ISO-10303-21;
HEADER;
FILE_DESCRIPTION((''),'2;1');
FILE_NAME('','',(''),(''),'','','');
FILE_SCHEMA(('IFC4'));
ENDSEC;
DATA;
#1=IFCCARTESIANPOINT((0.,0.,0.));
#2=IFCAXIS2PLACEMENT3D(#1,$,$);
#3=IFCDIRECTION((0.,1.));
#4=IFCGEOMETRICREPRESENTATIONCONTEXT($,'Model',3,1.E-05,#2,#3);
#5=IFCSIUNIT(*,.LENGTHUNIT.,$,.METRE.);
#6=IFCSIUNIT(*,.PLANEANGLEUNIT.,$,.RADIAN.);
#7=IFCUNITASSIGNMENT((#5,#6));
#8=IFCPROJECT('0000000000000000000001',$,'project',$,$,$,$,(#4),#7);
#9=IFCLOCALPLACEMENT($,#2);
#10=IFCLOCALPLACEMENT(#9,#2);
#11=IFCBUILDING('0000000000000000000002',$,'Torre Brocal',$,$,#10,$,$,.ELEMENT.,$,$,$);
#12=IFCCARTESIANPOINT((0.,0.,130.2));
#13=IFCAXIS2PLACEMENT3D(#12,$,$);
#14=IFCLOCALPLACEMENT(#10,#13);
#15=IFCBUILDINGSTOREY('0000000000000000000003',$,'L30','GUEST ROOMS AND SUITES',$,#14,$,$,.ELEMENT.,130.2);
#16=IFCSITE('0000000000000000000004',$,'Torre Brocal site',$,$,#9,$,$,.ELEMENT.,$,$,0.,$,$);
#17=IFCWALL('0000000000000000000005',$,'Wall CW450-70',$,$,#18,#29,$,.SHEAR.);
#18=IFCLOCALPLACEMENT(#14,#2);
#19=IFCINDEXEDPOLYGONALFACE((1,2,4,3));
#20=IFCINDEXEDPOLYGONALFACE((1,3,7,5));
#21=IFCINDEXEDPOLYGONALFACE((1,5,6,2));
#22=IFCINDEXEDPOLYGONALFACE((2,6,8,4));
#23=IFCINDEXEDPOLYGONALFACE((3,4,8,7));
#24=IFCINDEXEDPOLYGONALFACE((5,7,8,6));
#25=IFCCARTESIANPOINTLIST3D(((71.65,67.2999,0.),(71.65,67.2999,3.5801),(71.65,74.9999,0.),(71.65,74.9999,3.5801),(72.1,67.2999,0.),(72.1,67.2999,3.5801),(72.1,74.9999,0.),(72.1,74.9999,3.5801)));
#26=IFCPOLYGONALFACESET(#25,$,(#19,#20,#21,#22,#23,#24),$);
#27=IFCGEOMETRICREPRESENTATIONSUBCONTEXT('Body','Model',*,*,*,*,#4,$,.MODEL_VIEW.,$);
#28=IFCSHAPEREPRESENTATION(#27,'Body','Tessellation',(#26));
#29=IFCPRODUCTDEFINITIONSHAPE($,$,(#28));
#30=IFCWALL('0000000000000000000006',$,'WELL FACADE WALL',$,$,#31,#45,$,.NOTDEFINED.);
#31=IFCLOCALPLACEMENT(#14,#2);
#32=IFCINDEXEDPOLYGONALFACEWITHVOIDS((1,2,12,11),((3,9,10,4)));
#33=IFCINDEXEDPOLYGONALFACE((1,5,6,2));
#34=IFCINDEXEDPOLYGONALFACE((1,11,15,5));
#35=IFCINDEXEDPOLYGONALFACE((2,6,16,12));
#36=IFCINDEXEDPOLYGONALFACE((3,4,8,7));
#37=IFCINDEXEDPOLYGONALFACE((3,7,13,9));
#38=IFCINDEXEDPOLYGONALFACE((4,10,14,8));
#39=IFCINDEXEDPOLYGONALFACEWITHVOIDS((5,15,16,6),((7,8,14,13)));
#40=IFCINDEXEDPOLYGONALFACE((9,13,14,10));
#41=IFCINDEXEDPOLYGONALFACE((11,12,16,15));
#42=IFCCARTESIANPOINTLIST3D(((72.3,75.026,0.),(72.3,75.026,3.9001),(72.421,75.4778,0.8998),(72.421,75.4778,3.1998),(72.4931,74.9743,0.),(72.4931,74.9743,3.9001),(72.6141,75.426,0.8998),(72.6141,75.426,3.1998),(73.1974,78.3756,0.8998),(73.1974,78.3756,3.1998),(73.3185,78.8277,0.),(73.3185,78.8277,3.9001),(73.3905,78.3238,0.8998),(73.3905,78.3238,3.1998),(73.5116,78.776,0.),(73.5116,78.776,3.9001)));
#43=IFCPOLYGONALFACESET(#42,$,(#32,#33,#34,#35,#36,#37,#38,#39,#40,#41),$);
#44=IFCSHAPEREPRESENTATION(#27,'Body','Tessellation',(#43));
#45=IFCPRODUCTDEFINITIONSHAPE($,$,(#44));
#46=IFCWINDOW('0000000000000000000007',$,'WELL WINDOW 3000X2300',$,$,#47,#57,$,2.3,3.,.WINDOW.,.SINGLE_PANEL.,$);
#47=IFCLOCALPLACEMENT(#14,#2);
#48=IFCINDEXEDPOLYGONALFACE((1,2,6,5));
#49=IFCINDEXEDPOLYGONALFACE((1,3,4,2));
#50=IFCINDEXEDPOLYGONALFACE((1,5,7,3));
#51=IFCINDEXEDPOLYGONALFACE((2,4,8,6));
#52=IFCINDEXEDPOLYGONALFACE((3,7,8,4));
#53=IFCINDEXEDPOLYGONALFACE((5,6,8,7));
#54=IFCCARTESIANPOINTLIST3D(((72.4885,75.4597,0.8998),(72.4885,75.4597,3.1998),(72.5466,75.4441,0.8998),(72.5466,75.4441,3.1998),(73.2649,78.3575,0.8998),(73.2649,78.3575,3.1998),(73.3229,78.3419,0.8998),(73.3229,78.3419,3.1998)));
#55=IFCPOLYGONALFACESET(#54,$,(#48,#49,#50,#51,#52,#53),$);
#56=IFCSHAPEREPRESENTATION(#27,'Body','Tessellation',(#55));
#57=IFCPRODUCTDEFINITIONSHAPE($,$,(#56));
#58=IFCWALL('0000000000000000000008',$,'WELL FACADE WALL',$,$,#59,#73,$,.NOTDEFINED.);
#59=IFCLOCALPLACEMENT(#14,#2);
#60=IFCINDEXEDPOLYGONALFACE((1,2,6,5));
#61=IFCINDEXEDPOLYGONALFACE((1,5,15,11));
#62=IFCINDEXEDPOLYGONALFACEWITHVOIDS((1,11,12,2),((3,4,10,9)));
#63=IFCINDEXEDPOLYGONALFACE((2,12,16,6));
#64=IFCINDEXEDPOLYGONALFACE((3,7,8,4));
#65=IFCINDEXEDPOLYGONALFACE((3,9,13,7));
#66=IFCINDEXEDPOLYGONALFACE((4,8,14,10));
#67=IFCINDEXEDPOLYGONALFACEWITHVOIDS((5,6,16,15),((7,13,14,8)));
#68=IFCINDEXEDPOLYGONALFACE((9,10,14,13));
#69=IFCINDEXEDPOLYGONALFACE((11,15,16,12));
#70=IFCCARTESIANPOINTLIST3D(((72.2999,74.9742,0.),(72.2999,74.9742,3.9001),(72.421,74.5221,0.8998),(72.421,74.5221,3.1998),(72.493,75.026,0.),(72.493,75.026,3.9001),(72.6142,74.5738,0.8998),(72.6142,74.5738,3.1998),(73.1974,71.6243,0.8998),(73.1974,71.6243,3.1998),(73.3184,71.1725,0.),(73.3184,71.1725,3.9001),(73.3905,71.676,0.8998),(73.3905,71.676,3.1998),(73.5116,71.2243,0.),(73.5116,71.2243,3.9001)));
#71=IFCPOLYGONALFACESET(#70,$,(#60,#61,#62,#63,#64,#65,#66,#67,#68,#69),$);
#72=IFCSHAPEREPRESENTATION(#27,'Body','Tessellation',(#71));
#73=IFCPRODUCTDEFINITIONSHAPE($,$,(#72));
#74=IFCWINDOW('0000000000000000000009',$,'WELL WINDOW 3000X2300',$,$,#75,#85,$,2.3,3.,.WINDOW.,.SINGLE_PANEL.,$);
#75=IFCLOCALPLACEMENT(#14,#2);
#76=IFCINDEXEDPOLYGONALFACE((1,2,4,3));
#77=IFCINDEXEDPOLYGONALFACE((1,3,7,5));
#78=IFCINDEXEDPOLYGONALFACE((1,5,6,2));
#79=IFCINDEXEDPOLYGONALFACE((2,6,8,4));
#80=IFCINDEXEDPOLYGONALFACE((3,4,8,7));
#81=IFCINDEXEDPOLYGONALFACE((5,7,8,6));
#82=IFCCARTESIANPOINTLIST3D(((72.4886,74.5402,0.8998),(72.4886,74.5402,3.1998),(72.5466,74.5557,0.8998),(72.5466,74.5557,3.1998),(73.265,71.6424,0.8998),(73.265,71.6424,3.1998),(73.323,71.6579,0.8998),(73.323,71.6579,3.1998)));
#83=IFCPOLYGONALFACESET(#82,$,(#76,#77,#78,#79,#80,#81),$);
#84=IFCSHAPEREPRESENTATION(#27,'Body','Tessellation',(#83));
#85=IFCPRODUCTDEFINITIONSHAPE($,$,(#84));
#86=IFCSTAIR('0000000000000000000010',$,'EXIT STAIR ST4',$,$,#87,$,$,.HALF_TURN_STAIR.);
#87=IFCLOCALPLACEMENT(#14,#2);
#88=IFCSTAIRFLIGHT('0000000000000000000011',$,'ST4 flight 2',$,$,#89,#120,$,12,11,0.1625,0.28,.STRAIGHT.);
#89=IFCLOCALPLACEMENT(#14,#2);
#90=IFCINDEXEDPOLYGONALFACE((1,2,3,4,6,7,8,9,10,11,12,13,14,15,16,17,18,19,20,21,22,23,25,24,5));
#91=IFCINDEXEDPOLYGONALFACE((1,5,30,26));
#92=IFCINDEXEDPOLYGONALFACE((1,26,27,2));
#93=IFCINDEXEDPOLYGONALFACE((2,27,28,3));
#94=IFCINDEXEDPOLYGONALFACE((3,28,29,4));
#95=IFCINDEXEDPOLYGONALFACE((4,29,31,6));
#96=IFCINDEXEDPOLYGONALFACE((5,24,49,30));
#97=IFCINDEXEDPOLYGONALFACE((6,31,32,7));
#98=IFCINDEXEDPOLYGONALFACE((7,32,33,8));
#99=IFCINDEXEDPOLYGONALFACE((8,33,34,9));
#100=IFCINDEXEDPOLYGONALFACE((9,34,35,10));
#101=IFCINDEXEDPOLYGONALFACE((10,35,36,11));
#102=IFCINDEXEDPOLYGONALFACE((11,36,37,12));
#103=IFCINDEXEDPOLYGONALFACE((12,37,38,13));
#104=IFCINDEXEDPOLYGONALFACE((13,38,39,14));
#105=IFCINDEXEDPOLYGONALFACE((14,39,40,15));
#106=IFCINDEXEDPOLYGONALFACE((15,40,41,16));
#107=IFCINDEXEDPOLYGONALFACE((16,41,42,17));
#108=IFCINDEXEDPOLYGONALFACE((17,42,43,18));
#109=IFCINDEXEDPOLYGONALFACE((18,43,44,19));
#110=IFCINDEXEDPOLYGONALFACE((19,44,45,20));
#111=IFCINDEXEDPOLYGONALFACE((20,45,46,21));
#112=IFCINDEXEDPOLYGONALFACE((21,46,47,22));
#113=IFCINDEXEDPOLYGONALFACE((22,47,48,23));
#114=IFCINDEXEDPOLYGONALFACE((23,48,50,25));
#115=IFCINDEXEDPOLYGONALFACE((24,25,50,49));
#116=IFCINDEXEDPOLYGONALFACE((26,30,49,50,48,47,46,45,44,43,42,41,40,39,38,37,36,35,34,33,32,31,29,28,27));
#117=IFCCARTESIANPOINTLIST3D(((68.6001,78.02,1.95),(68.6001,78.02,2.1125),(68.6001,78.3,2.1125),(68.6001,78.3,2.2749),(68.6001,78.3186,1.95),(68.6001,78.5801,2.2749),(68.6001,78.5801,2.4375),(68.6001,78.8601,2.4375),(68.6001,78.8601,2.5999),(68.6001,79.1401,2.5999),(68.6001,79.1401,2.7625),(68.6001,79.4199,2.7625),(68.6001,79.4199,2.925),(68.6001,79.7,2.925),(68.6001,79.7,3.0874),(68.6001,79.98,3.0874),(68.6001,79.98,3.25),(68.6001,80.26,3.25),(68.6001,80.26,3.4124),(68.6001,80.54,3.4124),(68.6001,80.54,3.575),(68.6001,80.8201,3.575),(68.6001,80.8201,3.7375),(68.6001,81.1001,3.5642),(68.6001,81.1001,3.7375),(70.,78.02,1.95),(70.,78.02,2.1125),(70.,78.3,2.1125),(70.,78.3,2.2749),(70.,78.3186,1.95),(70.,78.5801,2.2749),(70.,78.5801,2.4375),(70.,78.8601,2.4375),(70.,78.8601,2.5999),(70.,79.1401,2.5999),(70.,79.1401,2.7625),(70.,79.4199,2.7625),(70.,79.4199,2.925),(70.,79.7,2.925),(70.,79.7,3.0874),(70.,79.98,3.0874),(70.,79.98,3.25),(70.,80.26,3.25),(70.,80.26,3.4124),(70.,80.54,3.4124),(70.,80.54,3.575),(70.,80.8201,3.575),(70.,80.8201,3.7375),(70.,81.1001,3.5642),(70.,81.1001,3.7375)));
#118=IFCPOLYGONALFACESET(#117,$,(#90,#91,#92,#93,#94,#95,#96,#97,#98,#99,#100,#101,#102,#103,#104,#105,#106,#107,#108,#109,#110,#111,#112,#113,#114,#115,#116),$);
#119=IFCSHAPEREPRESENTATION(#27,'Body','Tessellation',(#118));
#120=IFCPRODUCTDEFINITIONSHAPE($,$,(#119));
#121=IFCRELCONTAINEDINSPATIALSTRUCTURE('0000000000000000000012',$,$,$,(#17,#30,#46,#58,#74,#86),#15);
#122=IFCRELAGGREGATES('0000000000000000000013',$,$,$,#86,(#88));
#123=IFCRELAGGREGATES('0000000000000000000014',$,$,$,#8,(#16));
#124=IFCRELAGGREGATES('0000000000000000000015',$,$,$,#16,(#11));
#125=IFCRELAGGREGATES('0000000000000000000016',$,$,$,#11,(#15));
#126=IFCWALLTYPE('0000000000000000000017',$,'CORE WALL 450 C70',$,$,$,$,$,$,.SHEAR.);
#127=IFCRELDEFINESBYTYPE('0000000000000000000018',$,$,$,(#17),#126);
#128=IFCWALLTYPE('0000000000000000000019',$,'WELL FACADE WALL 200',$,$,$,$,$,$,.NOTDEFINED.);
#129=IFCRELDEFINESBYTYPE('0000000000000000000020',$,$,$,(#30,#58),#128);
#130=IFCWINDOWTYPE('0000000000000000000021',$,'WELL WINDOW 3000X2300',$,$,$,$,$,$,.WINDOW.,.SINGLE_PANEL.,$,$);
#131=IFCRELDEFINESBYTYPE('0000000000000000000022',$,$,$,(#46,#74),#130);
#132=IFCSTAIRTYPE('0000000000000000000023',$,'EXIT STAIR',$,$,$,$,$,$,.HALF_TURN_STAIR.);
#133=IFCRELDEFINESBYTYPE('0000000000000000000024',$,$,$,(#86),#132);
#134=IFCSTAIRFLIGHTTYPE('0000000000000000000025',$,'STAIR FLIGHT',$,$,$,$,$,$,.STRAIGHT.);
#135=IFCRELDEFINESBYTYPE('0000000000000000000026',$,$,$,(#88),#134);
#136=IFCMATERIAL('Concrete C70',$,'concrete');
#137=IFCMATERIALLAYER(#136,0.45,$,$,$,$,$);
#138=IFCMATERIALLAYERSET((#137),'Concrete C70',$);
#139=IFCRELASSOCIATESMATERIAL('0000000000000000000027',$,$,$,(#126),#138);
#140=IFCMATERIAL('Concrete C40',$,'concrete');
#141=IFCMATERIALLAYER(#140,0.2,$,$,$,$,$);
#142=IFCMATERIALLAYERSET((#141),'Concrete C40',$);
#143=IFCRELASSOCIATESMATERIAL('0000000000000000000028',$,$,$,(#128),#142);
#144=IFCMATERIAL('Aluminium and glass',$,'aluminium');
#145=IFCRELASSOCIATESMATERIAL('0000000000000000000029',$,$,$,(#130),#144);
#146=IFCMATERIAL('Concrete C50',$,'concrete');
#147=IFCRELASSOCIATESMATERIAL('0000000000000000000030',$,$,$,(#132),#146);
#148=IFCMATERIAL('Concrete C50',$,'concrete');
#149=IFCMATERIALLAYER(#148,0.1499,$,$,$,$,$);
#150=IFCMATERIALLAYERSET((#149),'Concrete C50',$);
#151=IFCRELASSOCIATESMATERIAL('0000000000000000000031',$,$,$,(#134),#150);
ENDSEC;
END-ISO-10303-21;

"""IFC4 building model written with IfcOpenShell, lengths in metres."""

from ifc_helpers import new_model, si_unit, direction, frame, frame_2d, origin, place, context, subcontext, project, spatial, polyline, rectangle, outline, extrude, material, layer, layer_set, type_object, element, fill, aggregate, save


model = new_model("IFC4")

# Units and contexts
model_context = context("Model", 3, precision=1e-05, world=origin(), true_north=direction((0.0, 1.0)))
body_context = subcontext(model_context, "Body", "Model", "MODEL_VIEW")
ifc_project = project(units=[si_unit("LENGTHUNIT", "METRE"), si_unit("PLANEANGLEUNIT", "RADIAN")], contexts=[model_context])

# Site, building, storey
site_placement = place(None, origin())
site = spatial("IfcSite", under=ifc_project, at=site_placement, Name="Torre Brocal site", CompositionType="ELEMENT", RefElevation=0.0)
building_placement = place(site_placement, origin())
building = spatial("IfcBuilding", under=site, at=building_placement, Name="Torre Brocal", CompositionType="ELEMENT")
storey_placement = place(building_placement, frame((0.0, 0.0, 130.2)))
storey = spatial("IfcBuildingStorey", under=building, at=storey_placement, Name="L30", Description="GUEST ROOMS AND SUITES", CompositionType="ELEMENT", Elevation=130.2)

# Wall
ifc_material_1 = material(Name="Concrete C70", Category="concrete")
ifc_layer_1 = layer(ifc_material_1, 0.45)
ifc_layer_set_1 = layer_set([ifc_layer_1], Name="Concrete C70")
wall_type_1 = type_object("IfcWallType", Name="CORE WALL 450 C70", PredefinedType="SHEAR", material=ifc_layer_set_1)
wall_1_placement = place(storey_placement, frame((71.875, 75.0, 0.0), z_axis=(0.0, 0.0, 1.0), x_axis=(0.0, -1.0, 0.0)))
element("IfcWall", 1, at=wall_1_placement, inside=storey, type_object=wall_type_1, Name="Wall CW450-70", PredefinedType="SHEAR", context=body_context, shape_type="SweptSolid", body=[
    extrude(rectangle(XDim=7.7, YDim=0.45, at=frame_2d((3.8501, 0.0))), origin(), (0.0, 0.0, 1.0), 3.5801),
])

# Walls, openings, windows
ifc_material_2 = material(Name="Concrete C40", Category="concrete")
ifc_layer_2 = layer(ifc_material_2, 0.2)
ifc_layer_set_2 = layer_set([ifc_layer_2], Name="Concrete C40")
wall_type_2 = type_object("IfcWallType", Name="WELL FACADE WALL 200", PredefinedType="NOTDEFINED", material=ifc_layer_set_2)
wall_2_placement = place(storey_placement, frame((73.415, 78.8018, 0.0), z_axis=(0.0, 0.0, 1.0), x_axis=(-0.25879, -0.965934, 0.0)))
wall_2 = element("IfcWall", 2, at=wall_2_placement, inside=storey, type_object=wall_type_2, Name="WELL FACADE WALL", PredefinedType="NOTDEFINED", context=body_context, shape_type="SweptSolid", body=[
    extrude(rectangle(XDim=3.9358, YDim=0.2, at=frame_2d((1.9678, 0.0))), origin(), (0.0, 0.0, 1.0), 3.9001),
])
opening_1_placement = place(wall_2_placement, frame((0.468, 0.0, 0.8999)))
opening_1 = element("IfcOpeningElement", 3, at=opening_1_placement, cuts=wall_2, PredefinedType="OPENING", context=body_context, shape_type="SweptSolid", body=[
    extrude(rectangle(XDim=3.0, YDim=2.3, at=frame_2d((1.5, 1.1499))), frame((0.0, 0.1099, 0.0), z_axis=(0.0, -1.0, 0.0), x_axis=(1.0, 0.0, 0.0)), (0.0, 0.0, 1.0), 0.22),
])
ifc_material_3 = material(Name="Aluminium and glass", Category="aluminium")
window_type = type_object("IfcWindowType", Name="WELL WINDOW 3000X2300", PartitioningType="SINGLE_PANEL", PredefinedType="WINDOW", material=ifc_material_3)
window_1_placement = place(opening_1_placement, origin())
window_1 = element("IfcWindow", 4, at=window_1_placement, inside=storey, type_object=window_type, Name="WELL WINDOW 3000X2300", OverallHeight=2.3, OverallWidth=3.0, PartitioningType="SINGLE_PANEL", PredefinedType="WINDOW", context=body_context, shape_type="SweptSolid", body=[
    extrude(rectangle(XDim=3.0, YDim=2.3, at=frame_2d((1.5, 1.1499))), frame((0.0, 0.03, 0.0), z_axis=(0.0, -1.0, 0.0), x_axis=(1.0, 0.0, 0.0)), (0.0, 0.0, 1.0), 0.0601),
])
fill(opening_1, window_1)
wall_3_placement = place(storey_placement, frame((72.3965, 75.0, 0.0), z_axis=(0.0, 0.0, 1.0), x_axis=(0.25879, -0.965934, 0.0)))
wall_3 = element("IfcWall", 5, at=wall_3_placement, inside=storey, type_object=wall_type_2, Name="WELL FACADE WALL", PredefinedType="NOTDEFINED", context=body_context, shape_type="SweptSolid", body=[
    extrude(rectangle(XDim=3.9358, YDim=0.2, at=frame_2d((1.9678, 0.0))), origin(), (0.0, 0.0, 1.0), 3.9001),
])
opening_2_placement = place(wall_3_placement, frame((0.468, 0.0, 0.8999)))
opening_2 = element("IfcOpeningElement", 6, at=opening_2_placement, cuts=wall_3, PredefinedType="OPENING", context=body_context, shape_type="SweptSolid", body=[
    extrude(rectangle(XDim=3.0, YDim=2.3, at=frame_2d((1.5, 1.1499))), frame((0.0, 0.1099, 0.0), z_axis=(0.0, -1.0, 0.0), x_axis=(1.0, 0.0, 0.0)), (0.0, 0.0, 1.0), 0.22),
])
window_2_placement = place(opening_2_placement, origin())
window_2 = element("IfcWindow", 7, at=window_2_placement, inside=storey, type_object=window_type, Name="WELL WINDOW 3000X2300", OverallHeight=2.3, OverallWidth=3.0, PartitioningType="SINGLE_PANEL", PredefinedType="WINDOW", context=body_context, shape_type="SweptSolid", body=[
    extrude(rectangle(XDim=3.0, YDim=2.3, at=frame_2d((1.5, 1.1499))), frame((0.0, 0.03, 0.0), z_axis=(0.0, -1.0, 0.0), x_axis=(1.0, 0.0, 0.0)), (0.0, 0.0, 1.0), 0.0601),
])
fill(opening_2, window_2)

# Stair, stair flight
ifc_material_4 = material(Name="Concrete C50", Category="concrete")
stair_type = type_object("IfcStairType", Name="EXIT STAIR", PredefinedType="HALF_TURN_STAIR", material=ifc_material_4)
stair_placement = place(storey_placement, origin())
stair = element("IfcStair", 8, at=stair_placement, inside=storey, type_object=stair_type, Name="EXIT STAIR ST4", PredefinedType="HALF_TURN_STAIR")
ifc_material_5 = material(Name="Concrete C50", Category="concrete")
ifc_layer_3 = layer(ifc_material_5, 0.1499)
ifc_layer_set_3 = layer_set([ifc_layer_3], Name="Concrete C50")
stair_flight_type = type_object("IfcStairFlightType", Name="STAIR FLIGHT", PredefinedType="STRAIGHT", material=ifc_layer_set_3)
stair_flight_placement = place(storey_placement, frame((69.3, 78.02, 1.95), z_axis=(0.0, 0.0, 1.0), x_axis=(0.0, 1.0, 0.0)))
stair_flight = element("IfcStairFlight", 9, at=stair_flight_placement, type_object=stair_flight_type, Name="ST4 flight 2", NumberOfRisers=12, NumberOfTreads=11, PredefinedType="STRAIGHT", RiserHeight=0.1625, TreadLength=0.28, context=body_context, shape_type="SweptSolid", body=[
    extrude(outline(polyline([(0.0, 0.0), (0.0, 0.1626), (0.28, 0.1626), (0.28, 0.325), (0.5601, 0.325), (0.5601, 0.4875), (0.8401, 0.4875), (0.8401, 0.6499), (1.1201, 0.6499), (1.1201, 0.8125), (1.3999, 0.8125), (1.3999, 0.9751), (1.6799, 0.9751), (1.6799, 1.1375), (1.96, 1.1375), (1.96, 1.3), (2.24, 1.3), (2.24, 1.4624), (2.52, 1.4624), (2.52, 1.625), (2.8, 1.625), (2.8, 1.7876), (3.0801, 1.7876), (3.0801, 1.95), (3.0801, 1.6143), (0.2986, 0.0), (0.0, 0.0)])), frame((0.0, 0.7, 0.0), z_axis=(0.0, -1.0, 0.0), x_axis=(1.0, 0.0, 0.0)), (0.0, 0.0, 1.0), 1.3999),
])
aggregate(stair, [stair_flight])

save(model, "model.ifc")
